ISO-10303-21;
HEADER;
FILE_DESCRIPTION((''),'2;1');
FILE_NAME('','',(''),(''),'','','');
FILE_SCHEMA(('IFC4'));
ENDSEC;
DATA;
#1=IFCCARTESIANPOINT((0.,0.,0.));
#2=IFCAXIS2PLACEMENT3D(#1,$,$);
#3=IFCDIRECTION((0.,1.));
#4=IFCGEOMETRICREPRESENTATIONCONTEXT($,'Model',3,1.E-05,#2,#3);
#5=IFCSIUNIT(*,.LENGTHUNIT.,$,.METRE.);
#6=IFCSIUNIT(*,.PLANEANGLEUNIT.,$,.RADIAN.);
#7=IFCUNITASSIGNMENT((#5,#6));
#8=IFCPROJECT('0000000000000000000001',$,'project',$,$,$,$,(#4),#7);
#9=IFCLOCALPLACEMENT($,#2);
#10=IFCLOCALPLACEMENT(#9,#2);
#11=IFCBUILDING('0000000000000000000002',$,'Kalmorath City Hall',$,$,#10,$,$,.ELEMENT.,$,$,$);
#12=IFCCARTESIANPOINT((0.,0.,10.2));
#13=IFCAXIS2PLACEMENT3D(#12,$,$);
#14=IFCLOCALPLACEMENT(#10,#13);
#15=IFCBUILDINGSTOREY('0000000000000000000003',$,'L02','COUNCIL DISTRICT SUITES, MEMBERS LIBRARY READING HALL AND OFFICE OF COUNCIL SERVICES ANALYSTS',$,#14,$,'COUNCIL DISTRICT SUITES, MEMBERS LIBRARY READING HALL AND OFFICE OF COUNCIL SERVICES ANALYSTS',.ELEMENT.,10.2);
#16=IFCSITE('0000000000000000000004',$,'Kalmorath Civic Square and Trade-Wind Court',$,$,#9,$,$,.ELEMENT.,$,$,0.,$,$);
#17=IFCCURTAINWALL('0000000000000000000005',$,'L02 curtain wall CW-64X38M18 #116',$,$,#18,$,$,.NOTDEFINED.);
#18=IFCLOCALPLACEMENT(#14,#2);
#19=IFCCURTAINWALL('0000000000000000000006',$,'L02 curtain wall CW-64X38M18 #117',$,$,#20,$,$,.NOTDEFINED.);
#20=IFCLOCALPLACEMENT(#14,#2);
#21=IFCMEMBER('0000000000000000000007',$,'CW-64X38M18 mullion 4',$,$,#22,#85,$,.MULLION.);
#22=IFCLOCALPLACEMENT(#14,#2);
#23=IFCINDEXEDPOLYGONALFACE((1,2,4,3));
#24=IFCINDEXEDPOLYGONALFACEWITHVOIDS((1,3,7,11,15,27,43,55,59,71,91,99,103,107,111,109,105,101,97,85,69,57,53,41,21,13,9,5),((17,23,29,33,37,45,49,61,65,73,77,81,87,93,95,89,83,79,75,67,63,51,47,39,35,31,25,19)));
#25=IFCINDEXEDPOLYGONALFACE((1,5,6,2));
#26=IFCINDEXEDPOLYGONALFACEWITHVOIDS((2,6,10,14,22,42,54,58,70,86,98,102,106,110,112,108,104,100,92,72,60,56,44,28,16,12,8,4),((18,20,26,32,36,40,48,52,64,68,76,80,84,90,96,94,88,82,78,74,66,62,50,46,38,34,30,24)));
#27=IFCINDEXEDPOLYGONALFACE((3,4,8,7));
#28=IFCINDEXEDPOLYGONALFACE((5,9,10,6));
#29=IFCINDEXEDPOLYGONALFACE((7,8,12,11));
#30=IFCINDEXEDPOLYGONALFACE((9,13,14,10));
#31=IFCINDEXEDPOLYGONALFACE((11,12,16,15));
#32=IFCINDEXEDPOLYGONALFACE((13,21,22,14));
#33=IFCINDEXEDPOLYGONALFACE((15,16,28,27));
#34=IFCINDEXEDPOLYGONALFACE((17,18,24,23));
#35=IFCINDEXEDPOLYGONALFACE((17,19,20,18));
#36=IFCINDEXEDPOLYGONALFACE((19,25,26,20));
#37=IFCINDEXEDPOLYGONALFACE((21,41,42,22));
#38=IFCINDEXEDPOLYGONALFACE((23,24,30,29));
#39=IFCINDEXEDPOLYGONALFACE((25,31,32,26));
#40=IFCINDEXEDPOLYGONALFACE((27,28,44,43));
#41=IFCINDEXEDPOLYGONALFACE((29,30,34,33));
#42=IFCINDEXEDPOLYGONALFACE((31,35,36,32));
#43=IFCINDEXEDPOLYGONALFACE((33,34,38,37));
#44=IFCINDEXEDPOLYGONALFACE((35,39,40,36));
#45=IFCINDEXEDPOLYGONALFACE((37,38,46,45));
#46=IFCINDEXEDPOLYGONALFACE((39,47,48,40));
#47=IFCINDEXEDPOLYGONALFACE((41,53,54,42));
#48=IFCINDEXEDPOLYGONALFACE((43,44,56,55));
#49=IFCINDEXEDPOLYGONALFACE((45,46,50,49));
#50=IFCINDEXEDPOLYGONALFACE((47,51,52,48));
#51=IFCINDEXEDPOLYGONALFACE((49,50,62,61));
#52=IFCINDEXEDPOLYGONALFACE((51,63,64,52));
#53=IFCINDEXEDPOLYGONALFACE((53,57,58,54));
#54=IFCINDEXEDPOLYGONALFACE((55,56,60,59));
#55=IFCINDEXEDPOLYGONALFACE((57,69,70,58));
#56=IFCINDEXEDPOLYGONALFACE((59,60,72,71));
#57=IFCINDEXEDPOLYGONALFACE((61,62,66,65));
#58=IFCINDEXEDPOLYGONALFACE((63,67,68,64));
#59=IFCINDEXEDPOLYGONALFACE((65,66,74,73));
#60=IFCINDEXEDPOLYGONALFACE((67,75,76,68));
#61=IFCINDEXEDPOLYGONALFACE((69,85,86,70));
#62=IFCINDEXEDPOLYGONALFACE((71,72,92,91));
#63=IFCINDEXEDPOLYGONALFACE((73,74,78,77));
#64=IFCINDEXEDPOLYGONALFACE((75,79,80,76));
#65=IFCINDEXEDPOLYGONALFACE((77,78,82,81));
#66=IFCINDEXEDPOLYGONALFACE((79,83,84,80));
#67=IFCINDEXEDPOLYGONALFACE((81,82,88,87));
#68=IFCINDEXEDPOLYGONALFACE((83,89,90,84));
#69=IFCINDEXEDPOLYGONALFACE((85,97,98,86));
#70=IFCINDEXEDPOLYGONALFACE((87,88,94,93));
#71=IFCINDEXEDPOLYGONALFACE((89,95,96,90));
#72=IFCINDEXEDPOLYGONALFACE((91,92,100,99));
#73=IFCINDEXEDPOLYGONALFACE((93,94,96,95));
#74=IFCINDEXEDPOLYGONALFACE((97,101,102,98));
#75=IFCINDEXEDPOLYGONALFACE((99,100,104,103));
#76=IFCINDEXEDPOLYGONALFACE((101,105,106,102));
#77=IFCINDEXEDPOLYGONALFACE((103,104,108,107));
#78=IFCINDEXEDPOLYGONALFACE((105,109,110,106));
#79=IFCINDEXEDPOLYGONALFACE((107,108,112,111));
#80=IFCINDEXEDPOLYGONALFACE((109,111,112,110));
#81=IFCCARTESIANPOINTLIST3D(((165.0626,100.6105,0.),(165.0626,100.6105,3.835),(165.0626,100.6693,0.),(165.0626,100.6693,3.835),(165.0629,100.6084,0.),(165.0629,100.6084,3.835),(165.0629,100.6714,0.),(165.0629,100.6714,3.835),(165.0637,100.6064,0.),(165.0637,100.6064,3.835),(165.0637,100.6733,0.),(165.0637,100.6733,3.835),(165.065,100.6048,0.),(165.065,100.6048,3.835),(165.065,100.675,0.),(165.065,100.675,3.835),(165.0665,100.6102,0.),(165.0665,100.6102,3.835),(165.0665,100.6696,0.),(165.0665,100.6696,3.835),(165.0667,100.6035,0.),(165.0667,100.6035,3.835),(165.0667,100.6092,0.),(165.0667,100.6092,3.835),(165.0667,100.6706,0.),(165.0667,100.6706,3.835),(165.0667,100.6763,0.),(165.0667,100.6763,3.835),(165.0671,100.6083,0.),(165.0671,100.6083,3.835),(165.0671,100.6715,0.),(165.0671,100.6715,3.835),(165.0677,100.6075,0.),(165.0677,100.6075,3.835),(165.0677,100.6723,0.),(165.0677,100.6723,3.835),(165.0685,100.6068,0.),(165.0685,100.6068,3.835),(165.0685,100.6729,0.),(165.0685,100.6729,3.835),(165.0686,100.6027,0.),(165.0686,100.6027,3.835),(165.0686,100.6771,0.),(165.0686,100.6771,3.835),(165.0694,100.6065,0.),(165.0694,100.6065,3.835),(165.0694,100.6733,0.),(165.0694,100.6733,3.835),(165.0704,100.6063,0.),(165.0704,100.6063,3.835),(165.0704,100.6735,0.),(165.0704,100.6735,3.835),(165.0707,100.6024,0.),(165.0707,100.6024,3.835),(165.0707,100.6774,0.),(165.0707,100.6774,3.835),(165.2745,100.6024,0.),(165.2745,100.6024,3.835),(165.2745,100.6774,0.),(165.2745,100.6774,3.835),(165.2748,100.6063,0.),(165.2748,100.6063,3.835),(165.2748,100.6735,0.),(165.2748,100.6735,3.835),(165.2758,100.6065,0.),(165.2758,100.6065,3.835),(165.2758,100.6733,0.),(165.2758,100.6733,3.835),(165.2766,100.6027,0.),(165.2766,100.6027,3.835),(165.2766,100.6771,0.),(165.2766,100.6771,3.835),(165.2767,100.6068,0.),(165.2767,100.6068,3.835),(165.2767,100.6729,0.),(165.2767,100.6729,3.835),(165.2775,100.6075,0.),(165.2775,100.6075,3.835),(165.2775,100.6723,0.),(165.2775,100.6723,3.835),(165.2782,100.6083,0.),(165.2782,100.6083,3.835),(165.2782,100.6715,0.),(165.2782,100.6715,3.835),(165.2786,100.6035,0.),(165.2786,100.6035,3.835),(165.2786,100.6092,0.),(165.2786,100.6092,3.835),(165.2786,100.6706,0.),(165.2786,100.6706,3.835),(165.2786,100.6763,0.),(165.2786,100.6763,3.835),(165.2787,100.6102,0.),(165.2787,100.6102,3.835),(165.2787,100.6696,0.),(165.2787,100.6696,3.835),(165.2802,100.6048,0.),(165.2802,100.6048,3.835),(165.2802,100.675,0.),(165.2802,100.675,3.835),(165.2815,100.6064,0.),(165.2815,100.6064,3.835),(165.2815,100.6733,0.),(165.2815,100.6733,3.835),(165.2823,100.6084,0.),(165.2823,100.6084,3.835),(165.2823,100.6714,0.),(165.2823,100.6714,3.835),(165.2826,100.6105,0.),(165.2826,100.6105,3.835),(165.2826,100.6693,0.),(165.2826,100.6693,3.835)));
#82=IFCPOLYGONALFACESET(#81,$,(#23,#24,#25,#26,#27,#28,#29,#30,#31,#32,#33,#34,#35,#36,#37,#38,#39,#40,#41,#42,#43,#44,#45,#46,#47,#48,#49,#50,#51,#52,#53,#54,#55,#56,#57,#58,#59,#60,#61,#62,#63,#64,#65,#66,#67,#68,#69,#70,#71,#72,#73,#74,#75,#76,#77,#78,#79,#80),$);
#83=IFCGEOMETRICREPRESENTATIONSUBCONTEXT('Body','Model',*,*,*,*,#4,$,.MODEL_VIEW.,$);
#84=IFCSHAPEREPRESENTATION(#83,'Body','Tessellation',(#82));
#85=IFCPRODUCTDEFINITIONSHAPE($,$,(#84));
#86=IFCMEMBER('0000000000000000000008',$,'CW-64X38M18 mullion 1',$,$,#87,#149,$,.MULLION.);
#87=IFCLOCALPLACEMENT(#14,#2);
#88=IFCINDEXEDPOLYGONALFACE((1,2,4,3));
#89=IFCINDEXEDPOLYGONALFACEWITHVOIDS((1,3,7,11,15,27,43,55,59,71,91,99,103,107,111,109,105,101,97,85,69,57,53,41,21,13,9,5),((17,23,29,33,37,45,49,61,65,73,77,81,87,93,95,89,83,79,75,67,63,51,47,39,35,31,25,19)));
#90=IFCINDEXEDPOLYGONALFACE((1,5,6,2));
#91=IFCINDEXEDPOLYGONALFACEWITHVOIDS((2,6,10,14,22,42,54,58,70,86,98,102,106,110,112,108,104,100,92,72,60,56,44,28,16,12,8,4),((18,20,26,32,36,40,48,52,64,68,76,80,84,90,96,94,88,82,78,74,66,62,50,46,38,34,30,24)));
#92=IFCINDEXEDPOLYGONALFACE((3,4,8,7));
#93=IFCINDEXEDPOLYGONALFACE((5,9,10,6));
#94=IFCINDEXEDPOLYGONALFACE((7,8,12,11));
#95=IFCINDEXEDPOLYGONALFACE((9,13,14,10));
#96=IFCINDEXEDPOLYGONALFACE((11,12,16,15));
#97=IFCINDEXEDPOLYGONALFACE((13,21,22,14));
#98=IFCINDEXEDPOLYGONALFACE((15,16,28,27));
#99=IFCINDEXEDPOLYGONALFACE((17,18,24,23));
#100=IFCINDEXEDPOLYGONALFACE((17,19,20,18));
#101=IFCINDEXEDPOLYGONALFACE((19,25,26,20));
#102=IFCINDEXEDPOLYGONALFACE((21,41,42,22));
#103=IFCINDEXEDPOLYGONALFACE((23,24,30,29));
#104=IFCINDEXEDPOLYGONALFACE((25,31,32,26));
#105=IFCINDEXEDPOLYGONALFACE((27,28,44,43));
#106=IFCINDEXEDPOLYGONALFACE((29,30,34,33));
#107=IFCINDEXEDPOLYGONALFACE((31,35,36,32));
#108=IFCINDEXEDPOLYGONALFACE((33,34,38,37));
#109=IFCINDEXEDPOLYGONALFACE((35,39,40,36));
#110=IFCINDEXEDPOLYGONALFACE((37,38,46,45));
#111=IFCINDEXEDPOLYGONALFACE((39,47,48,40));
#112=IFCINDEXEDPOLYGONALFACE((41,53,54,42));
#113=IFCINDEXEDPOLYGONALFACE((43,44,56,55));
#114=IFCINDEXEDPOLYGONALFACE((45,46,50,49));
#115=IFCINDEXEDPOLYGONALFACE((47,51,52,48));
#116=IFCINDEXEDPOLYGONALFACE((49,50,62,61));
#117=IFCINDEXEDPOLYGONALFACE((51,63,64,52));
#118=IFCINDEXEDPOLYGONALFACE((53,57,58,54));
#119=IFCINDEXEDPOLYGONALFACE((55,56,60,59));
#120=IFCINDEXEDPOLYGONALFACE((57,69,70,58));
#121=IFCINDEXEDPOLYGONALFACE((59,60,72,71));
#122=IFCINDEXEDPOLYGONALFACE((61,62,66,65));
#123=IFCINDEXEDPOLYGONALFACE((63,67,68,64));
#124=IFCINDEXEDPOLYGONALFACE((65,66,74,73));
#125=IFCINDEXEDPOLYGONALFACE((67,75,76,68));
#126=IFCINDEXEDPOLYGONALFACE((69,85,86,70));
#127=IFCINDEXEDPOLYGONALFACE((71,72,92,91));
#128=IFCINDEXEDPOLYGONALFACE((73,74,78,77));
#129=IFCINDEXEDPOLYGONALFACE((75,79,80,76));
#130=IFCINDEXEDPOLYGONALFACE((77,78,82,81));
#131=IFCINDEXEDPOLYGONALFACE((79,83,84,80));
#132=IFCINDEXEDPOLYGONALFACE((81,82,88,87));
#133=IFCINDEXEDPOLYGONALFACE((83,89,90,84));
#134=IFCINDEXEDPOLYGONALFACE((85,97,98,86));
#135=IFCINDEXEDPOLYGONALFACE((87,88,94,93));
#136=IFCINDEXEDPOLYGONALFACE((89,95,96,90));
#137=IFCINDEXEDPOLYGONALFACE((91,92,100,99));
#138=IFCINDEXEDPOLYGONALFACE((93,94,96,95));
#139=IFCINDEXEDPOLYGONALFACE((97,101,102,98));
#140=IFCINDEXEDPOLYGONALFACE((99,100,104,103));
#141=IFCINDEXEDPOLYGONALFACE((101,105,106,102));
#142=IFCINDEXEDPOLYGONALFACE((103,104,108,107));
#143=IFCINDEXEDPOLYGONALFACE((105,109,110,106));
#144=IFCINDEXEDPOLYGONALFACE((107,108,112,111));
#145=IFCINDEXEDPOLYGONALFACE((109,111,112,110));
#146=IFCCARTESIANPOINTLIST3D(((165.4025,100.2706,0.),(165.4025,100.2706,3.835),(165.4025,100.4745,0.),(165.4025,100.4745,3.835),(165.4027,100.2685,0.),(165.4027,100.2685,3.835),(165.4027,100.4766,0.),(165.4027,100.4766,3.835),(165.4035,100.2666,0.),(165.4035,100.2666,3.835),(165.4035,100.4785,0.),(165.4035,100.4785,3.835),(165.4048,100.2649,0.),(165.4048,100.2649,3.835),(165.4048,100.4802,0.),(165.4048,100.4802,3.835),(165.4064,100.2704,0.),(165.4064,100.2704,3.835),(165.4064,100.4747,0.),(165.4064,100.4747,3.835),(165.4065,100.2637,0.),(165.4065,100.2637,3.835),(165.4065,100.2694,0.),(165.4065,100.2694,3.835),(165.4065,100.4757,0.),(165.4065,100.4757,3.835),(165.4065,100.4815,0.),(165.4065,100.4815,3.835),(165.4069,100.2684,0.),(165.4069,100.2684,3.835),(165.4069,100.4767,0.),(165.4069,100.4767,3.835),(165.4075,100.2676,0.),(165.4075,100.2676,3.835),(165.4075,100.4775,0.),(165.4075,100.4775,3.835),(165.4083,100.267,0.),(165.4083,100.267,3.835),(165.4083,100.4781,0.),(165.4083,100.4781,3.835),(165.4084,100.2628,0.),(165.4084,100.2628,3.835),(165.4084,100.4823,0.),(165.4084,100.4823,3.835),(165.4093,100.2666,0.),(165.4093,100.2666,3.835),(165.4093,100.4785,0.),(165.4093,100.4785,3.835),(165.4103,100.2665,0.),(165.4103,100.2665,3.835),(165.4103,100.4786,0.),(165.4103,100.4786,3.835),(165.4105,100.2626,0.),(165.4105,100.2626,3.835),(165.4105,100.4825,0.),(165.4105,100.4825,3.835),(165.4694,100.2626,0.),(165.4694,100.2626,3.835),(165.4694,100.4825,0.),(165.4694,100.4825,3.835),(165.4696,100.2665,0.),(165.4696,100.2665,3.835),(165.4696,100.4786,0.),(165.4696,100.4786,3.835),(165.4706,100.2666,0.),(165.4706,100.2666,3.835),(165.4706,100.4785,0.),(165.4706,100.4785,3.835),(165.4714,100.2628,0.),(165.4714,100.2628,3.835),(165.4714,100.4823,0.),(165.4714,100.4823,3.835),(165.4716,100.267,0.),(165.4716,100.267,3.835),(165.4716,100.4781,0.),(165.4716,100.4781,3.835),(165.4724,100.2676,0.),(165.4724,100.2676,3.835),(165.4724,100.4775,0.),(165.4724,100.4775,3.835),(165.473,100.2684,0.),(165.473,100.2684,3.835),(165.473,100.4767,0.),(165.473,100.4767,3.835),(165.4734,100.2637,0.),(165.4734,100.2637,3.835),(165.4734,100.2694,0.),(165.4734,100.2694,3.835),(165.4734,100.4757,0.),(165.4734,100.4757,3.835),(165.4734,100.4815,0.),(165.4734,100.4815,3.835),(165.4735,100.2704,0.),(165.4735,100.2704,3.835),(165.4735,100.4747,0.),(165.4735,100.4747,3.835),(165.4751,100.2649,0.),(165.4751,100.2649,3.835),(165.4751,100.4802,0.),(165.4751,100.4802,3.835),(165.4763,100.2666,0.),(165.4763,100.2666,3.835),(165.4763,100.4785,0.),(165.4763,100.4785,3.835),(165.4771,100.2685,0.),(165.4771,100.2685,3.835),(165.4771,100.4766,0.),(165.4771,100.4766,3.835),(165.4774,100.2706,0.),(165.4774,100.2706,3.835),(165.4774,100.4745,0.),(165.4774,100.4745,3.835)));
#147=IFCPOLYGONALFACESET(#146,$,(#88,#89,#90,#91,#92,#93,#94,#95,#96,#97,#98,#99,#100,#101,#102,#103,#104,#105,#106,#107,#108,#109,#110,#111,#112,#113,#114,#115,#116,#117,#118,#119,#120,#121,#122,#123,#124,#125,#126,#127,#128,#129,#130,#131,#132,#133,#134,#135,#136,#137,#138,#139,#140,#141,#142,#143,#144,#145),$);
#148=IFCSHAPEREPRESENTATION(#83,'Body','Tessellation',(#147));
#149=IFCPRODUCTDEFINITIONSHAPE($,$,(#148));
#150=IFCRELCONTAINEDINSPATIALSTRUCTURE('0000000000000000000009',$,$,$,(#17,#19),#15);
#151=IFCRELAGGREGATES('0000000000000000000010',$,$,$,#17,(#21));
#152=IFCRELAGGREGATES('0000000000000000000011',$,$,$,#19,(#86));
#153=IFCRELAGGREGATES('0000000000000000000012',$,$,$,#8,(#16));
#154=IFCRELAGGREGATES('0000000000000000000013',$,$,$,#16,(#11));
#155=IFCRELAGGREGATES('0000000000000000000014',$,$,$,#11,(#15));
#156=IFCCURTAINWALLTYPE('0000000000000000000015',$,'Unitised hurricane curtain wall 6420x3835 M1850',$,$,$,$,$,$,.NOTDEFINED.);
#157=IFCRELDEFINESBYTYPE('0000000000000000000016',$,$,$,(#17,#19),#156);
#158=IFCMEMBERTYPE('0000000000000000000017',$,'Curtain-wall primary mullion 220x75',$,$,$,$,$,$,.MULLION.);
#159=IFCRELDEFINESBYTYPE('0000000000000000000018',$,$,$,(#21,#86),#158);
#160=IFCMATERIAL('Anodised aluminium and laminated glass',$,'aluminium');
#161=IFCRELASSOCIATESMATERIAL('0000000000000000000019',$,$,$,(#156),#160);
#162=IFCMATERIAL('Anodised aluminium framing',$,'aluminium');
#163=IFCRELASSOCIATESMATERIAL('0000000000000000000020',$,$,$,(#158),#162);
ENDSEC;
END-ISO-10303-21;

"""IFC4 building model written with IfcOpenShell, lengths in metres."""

from ifc_helpers import new_model, si_unit, direction, frame, origin, origin_2d, place, context, subcontext, project, spatial, hollow_rectangle, extrude, material, material_profile, profile_set, type_object, element, aggregate, save


model = new_model("IFC4")

# Units and contexts
model_context = context("Model", 3, precision=1e-05, world=origin(), true_north=direction((0.0, 1.0)))
body_context = subcontext(model_context, "Body", "Model", "MODEL_VIEW")
ifc_project = project(units=[si_unit("LENGTHUNIT", "METRE"), si_unit("PLANEANGLEUNIT", "RADIAN")], contexts=[model_context])

# Site, building, storey
site_placement = place(None, origin())
site = spatial("IfcSite", under=ifc_project, at=site_placement, Name="Kalmorath Civic Square and Trade-Wind Court", CompositionType="ELEMENT", RefElevation=0.0)
building_placement = place(site_placement, origin())
building = spatial("IfcBuilding", under=site, at=building_placement, Name="Kalmorath City Hall", CompositionType="ELEMENT")
storey_placement = place(building_placement, frame((0.0, 0.0, 10.2)))
storey = spatial("IfcBuildingStorey", under=building, at=storey_placement, Name="L02", Description="COUNCIL DISTRICT SUITES, MEMBERS LIBRARY READING HALL AND OFFICE OF COUNCIL SERVICES ANALYSTS", LongName="COUNCIL DISTRICT SUITES, MEMBERS LIBRARY READING HALL AND OFFICE OF COUNCIL SERVICES ANALYSTS", CompositionType="ELEMENT", Elevation=10.2)

# Curtain walls
ifc_material_1 = material(Name="Anodised aluminium and laminated glass", Category="aluminium")
curtain_wall_type = type_object("IfcCurtainWallType", Name="Unitised hurricane curtain wall 6420x3835 M1850", PredefinedType="NOTDEFINED", material=ifc_material_1)
curtain_wall_1_placement = place(storey_placement, origin())
curtain_wall_1 = element("IfcCurtainWall", 1, at=curtain_wall_1_placement, inside=storey, type_object=curtain_wall_type, Name="L02 curtain wall CW-64X38M18 #116", PredefinedType="NOTDEFINED")
curtain_wall_2_placement = place(storey_placement, origin())
curtain_wall_2 = element("IfcCurtainWall", 2, at=curtain_wall_2_placement, inside=storey, type_object=curtain_wall_type, Name="L02 curtain wall CW-64X38M18 #117", PredefinedType="NOTDEFINED")

# Members
ifc_material_2 = material(Name="Anodised aluminium framing", Category="aluminium")
ifc_material_profile_1 = material_profile(ifc_material_2, hollow_rectangle(XDim=0.075, YDim=0.22, WallThickness=0.0039, InnerFilletRadius=0.0039, OuterFilletRadius=0.0081, at=origin_2d()), Name="ALU-MUL-220X75X4")
ifc_profile_set_1 = profile_set([ifc_material_profile_1], Name="Anodised aluminium framing")
member_type_1 = type_object("IfcMemberType", Name="Curtain-wall primary mullion 220x75", PredefinedType="MULLION", material=ifc_profile_set_1)
member_1_placement = place(storey_placement, frame((165.1726, 100.6399, 0.0), z_axis=(0.0, 0.0, 1.0), x_axis=(0.0, 1.0, 0.0)))
member_1 = element("IfcMember", 3, at=member_1_placement, type_object=member_type_1, Name="CW-64X38M18 mullion 4", PredefinedType="MULLION", context=body_context, shape_type="SweptSolid", body=[
    extrude(hollow_rectangle(XDim=0.075, YDim=0.22, WallThickness=0.0039, InnerFilletRadius=0.0039, OuterFilletRadius=0.0081, at=origin_2d()), origin(), (0.0, 0.0, 1.0), 3.835),
])
member_2_placement = place(storey_placement, frame((165.4399, 100.3726, 0.0), z_axis=(0.0, 0.0, 1.0), x_axis=(1.0, 0.0, 0.0)))
member_2 = element("IfcMember", 4, at=member_2_placement, type_object=member_type_1, Name="CW-64X38M18 mullion 1", PredefinedType="MULLION", context=body_context, shape_type="SweptSolid", body=[
    extrude(hollow_rectangle(XDim=0.075, YDim=0.22, WallThickness=0.0039, InnerFilletRadius=0.0039, OuterFilletRadius=0.0081, at=origin_2d()), origin(), (0.0, 0.0, 1.0), 3.835),
])

aggregate(curtain_wall_1, [member_1])
aggregate(curtain_wall_2, [member_2])

save(model, "model.ifc")
